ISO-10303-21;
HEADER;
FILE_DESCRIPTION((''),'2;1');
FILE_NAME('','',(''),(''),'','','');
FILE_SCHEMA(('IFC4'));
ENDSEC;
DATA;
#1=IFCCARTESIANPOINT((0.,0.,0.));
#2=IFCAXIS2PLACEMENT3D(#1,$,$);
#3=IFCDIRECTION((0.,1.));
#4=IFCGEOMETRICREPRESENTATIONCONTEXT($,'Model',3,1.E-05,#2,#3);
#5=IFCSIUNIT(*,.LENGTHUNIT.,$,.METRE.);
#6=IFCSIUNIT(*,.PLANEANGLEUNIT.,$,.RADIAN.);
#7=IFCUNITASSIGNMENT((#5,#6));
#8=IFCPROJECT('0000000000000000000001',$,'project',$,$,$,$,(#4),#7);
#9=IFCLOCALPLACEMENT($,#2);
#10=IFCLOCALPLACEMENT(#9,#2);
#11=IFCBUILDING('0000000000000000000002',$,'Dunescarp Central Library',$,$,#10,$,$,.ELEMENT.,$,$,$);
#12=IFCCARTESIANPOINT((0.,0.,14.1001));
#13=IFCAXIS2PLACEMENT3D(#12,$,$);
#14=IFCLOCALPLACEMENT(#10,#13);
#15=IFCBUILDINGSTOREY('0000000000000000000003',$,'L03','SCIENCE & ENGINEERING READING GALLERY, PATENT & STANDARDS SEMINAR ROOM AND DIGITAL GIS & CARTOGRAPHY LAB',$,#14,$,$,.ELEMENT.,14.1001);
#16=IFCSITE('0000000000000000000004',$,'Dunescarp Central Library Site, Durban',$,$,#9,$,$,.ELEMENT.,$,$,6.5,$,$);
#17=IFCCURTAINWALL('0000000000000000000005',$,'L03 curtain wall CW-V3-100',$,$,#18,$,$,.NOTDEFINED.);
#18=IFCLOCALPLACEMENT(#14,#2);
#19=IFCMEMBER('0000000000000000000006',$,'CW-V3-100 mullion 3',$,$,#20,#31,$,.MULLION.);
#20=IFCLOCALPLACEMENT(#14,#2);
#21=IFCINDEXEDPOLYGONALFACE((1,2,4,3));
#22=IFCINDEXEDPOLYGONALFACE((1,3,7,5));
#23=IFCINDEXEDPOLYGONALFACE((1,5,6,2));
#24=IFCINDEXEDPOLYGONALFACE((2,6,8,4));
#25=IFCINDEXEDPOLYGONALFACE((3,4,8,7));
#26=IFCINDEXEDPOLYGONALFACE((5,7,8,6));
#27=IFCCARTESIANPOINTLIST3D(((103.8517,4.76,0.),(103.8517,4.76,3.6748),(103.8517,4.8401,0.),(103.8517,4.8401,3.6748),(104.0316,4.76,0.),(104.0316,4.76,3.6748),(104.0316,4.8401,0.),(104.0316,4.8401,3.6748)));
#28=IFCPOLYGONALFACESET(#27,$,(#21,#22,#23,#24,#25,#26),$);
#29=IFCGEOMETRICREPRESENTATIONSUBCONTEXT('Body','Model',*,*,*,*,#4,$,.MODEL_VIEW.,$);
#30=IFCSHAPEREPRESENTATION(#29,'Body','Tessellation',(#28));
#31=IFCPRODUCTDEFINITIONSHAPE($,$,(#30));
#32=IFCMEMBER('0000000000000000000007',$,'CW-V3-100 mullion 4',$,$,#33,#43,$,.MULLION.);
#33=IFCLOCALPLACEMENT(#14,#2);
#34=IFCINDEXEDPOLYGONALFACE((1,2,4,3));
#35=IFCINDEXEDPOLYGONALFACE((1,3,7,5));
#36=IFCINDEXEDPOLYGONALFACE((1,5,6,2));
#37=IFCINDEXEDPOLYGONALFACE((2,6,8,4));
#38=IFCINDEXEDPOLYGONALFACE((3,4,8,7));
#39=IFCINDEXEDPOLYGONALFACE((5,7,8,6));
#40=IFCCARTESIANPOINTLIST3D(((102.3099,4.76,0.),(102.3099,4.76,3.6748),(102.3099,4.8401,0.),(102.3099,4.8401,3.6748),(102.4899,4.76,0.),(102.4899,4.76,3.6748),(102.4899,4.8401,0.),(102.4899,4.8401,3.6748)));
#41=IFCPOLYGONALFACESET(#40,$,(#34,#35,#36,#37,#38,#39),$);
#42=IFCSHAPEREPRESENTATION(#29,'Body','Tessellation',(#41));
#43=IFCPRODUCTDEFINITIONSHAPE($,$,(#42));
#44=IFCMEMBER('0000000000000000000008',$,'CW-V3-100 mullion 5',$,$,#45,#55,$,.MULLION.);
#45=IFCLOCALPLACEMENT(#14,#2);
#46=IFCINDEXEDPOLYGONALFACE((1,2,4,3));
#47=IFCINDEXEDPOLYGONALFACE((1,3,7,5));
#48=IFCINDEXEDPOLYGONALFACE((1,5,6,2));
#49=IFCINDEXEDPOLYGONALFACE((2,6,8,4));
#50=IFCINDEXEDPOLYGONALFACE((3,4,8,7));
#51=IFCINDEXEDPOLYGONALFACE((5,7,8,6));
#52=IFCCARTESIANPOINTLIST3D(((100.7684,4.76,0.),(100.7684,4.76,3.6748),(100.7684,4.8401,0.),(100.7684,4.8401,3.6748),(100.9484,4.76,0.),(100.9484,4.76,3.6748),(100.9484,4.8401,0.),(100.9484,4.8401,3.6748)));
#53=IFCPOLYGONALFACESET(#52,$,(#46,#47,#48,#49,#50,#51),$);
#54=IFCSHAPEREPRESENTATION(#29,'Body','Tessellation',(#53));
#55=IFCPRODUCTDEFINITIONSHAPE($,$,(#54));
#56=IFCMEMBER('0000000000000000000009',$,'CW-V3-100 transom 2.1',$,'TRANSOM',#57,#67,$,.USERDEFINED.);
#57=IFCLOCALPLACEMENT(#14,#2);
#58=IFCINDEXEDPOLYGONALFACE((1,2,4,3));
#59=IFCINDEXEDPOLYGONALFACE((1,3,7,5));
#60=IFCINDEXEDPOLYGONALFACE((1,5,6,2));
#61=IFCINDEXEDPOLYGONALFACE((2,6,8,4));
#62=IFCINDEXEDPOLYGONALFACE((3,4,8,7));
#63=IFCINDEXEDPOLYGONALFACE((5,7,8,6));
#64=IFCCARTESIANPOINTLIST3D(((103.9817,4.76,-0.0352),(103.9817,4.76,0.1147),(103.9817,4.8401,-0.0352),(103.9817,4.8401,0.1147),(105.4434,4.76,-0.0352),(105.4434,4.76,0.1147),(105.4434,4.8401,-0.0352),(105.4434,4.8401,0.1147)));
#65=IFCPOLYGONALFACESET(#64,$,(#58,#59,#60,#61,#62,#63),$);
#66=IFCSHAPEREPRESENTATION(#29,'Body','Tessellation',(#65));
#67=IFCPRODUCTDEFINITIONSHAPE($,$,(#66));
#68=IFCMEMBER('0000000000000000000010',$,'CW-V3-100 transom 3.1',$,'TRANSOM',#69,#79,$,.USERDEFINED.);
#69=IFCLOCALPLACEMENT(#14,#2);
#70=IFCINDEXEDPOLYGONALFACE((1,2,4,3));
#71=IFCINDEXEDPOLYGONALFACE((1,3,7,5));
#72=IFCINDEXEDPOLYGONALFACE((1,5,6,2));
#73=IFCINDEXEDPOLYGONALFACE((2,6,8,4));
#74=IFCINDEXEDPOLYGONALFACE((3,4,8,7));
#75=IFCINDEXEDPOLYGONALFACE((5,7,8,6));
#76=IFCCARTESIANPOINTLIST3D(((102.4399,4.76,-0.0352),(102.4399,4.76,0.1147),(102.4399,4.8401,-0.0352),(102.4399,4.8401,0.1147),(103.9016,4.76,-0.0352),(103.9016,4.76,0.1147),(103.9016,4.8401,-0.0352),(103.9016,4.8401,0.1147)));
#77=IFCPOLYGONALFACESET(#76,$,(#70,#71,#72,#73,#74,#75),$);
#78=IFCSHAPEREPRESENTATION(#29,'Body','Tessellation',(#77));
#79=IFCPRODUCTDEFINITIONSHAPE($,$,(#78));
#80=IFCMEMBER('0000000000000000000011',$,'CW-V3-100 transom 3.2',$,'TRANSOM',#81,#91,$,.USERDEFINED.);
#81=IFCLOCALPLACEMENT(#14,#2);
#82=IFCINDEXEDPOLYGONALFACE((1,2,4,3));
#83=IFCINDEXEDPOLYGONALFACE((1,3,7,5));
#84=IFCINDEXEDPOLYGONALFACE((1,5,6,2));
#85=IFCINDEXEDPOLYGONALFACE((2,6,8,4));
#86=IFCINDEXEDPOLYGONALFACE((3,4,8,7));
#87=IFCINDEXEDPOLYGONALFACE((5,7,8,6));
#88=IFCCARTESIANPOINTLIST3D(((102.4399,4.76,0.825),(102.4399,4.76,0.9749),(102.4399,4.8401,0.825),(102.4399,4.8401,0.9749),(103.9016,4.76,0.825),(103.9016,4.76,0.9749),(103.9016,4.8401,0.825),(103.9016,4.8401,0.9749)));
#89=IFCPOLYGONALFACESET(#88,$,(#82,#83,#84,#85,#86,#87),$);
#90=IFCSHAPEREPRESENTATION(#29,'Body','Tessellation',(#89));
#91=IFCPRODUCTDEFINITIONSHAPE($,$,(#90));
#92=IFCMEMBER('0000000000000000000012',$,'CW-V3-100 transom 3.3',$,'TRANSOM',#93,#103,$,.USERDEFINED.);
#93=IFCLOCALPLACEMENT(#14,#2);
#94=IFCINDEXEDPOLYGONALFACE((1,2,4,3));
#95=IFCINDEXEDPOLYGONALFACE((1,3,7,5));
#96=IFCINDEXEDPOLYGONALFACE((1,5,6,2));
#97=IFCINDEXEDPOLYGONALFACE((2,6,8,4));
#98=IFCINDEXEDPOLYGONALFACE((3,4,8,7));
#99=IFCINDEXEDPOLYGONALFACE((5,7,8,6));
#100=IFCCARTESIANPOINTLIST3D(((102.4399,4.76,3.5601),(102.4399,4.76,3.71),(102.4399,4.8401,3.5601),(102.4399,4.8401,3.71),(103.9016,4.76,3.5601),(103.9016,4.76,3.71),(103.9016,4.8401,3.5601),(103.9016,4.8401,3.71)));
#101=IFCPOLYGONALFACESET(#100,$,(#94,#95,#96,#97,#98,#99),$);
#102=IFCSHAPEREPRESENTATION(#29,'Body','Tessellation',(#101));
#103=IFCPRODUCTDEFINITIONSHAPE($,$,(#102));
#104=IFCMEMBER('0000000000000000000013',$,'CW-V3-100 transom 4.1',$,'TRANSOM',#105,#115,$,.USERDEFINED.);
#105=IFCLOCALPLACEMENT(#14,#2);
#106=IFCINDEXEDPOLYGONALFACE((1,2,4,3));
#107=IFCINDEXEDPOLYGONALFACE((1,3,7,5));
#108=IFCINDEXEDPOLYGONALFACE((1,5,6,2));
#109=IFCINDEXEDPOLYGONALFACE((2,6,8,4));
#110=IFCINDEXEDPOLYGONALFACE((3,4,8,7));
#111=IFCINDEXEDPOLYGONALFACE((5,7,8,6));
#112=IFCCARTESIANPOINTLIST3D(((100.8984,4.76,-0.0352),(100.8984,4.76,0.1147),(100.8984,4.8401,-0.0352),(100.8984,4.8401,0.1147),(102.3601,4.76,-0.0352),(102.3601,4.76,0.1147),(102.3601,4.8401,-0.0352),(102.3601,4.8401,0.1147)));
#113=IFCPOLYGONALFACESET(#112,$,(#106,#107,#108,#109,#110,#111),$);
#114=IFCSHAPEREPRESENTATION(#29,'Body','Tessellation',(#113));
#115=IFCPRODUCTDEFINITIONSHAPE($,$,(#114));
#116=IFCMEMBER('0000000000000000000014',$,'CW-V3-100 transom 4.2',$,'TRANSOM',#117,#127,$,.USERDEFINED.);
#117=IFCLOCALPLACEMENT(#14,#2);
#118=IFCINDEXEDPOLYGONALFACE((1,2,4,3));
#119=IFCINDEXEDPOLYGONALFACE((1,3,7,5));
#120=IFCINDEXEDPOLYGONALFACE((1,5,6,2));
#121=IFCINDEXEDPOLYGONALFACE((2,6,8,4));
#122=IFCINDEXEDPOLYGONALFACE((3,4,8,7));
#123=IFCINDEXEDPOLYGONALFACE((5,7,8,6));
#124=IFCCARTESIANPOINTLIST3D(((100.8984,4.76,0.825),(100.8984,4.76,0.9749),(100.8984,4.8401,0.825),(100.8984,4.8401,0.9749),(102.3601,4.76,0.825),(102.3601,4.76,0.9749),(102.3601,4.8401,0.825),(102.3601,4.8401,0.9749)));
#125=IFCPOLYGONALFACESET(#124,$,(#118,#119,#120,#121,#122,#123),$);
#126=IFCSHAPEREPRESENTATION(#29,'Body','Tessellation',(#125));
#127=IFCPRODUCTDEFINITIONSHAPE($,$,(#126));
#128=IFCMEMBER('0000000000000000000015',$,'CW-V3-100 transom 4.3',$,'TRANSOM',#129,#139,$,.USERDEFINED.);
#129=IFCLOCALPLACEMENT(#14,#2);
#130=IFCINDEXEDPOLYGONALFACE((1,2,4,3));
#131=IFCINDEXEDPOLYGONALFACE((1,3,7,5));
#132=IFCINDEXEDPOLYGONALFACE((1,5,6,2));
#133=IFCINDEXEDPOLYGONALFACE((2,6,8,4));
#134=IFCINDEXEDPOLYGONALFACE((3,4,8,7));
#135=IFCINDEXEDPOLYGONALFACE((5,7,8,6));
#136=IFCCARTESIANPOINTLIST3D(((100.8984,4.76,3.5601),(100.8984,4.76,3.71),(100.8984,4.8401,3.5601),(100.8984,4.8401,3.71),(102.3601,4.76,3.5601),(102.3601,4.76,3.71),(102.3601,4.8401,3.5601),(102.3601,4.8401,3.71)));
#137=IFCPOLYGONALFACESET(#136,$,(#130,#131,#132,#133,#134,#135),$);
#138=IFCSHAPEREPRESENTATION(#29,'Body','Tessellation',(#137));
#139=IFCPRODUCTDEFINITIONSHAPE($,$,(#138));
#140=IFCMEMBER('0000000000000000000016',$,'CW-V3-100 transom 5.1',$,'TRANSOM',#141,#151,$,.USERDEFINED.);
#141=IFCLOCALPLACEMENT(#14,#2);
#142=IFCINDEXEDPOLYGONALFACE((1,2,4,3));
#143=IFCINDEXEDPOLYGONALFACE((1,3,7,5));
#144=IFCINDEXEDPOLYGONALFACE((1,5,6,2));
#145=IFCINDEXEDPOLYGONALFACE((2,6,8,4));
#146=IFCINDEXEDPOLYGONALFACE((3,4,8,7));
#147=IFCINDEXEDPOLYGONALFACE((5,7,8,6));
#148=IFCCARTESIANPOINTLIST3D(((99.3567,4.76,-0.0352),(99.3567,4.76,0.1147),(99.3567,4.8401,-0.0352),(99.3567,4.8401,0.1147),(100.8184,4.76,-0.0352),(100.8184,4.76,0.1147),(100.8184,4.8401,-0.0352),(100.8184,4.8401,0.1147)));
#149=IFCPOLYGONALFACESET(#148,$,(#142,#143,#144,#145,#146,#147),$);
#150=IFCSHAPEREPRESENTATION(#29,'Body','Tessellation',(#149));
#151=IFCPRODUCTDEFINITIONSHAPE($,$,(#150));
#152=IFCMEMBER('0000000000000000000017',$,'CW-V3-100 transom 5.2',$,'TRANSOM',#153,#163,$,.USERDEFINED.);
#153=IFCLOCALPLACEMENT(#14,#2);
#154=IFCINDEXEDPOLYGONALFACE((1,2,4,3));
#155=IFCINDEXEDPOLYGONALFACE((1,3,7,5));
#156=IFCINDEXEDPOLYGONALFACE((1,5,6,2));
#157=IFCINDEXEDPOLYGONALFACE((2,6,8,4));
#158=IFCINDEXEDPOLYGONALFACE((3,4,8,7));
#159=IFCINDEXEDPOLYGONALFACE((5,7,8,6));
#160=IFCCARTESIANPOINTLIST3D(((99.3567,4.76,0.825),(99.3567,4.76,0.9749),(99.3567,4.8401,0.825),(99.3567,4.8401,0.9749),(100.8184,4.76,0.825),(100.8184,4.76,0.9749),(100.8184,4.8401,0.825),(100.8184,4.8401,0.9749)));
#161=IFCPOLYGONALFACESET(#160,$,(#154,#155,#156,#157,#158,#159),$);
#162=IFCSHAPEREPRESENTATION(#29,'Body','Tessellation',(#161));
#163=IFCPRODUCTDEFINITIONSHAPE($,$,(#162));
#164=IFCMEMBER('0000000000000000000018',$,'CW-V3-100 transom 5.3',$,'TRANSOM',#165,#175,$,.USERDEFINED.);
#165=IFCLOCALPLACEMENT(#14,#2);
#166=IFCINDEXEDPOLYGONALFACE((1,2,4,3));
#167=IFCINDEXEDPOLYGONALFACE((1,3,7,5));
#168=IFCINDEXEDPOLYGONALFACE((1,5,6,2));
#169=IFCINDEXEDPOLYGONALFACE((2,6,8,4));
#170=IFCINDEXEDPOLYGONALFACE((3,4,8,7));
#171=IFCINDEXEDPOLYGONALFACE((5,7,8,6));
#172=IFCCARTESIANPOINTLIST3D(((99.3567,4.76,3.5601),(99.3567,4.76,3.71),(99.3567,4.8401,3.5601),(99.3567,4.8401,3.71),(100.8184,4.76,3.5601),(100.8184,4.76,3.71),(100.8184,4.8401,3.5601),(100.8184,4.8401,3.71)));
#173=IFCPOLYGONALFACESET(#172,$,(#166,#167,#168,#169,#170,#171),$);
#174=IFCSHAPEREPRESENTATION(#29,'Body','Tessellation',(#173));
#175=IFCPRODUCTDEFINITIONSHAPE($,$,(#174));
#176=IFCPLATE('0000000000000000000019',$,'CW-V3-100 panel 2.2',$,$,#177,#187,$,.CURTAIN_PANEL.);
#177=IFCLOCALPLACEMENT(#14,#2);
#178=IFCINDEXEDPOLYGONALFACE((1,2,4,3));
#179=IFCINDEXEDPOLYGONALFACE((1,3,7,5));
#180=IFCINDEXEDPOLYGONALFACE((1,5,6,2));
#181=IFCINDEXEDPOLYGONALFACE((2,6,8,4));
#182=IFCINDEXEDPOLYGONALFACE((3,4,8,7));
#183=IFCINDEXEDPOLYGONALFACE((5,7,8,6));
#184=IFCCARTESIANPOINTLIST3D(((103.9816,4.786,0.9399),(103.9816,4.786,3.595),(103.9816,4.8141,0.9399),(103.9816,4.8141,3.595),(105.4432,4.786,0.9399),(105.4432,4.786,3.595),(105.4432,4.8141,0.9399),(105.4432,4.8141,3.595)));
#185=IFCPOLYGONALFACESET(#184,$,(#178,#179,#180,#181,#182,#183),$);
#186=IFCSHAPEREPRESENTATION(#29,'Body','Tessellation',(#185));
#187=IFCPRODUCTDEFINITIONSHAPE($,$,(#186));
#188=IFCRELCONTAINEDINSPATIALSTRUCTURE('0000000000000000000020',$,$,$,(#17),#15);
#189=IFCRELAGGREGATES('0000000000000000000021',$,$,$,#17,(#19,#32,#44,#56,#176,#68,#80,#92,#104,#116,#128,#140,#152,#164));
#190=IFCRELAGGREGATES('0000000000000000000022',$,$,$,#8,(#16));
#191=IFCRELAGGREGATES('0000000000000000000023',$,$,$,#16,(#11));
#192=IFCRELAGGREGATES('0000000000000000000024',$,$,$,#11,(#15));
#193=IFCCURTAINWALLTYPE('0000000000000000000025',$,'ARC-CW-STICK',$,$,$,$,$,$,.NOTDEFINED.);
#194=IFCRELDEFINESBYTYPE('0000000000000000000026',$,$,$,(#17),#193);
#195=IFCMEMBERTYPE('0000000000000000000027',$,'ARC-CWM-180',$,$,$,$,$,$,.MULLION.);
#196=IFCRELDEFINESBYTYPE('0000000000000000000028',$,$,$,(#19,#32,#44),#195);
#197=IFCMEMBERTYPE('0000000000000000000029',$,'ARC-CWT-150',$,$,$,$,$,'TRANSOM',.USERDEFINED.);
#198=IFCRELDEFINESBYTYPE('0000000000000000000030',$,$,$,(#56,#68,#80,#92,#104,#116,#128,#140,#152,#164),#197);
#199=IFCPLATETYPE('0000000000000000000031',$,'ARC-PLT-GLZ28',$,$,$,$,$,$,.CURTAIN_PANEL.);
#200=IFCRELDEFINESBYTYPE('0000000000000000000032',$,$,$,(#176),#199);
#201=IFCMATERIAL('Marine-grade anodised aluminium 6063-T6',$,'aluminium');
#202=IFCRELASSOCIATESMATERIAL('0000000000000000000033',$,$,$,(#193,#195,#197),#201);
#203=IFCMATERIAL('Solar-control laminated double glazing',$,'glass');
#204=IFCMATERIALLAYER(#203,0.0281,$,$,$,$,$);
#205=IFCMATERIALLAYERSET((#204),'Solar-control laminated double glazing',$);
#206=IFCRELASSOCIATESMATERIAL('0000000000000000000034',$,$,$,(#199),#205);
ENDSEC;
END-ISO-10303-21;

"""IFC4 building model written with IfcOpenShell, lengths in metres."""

from ifc_helpers import new_model, si_unit, direction, frame, origin, origin_2d, place, context, subcontext, project, spatial, rectangle, extrude, material, layer, layer_set, material_profile, profile_set, type_object, element, aggregate, save


model = new_model("IFC4")

# Units and contexts
model_context = context("Model", 3, precision=1e-05, world=origin(), true_north=direction((0.0, 1.0)))
body_context = subcontext(model_context, "Body", "Model", "MODEL_VIEW")
ifc_project = project(units=[si_unit("LENGTHUNIT", "METRE"), si_unit("PLANEANGLEUNIT", "RADIAN")], contexts=[model_context])

# Site, building, storey
site_placement = place(None, origin())
site = spatial("IfcSite", under=ifc_project, at=site_placement, Name="Dunescarp Central Library Site, Durban", CompositionType="ELEMENT", RefElevation=6.5)
building_placement = place(site_placement, origin())
building = spatial("IfcBuilding", under=site, at=building_placement, Name="Dunescarp Central Library", CompositionType="ELEMENT")
storey_placement = place(building_placement, frame((0.0, 0.0, 14.1001)))
storey = spatial("IfcBuildingStorey", under=building, at=storey_placement, Name="L03", Description="SCIENCE & ENGINEERING READING GALLERY, PATENT & STANDARDS SEMINAR ROOM AND DIGITAL GIS & CARTOGRAPHY LAB", CompositionType="ELEMENT", Elevation=14.1001)

# Curtain wall, members, plate
ifc_material_1 = material(Name="Marine-grade anodised aluminium 6063-T6", Category="aluminium")
curtain_wall_type = type_object("IfcCurtainWallType", Name="ARC-CW-STICK", PredefinedType="NOTDEFINED", material=ifc_material_1)
curtain_wall_placement = place(storey_placement, origin())
curtain_wall = element("IfcCurtainWall", 1, at=curtain_wall_placement, inside=storey, type_object=curtain_wall_type, Name="L03 curtain wall CW-V3-100", PredefinedType="NOTDEFINED")
ifc_material_profile_1 = material_profile(ifc_material_1, rectangle(XDim=0.0801, YDim=0.1799, at=origin_2d()), Name="AL 80x180")
ifc_profile_set_1 = profile_set([ifc_material_profile_1], Name="Marine-grade anodised aluminium 6063-T6")
member_type_1 = type_object("IfcMemberType", Name="ARC-CWM-180", PredefinedType="MULLION", material=ifc_profile_set_1)
member_1_placement = place(storey_placement, frame((103.9417, 4.8, 0.0), z_axis=(0.0, 0.0, 1.0), x_axis=(0.0, -1.0, 0.0)))
member_1 = element("IfcMember", 2, at=member_1_placement, type_object=member_type_1, Name="CW-V3-100 mullion 3", PredefinedType="MULLION", context=body_context, shape_type="SweptSolid", body=[
    extrude(rectangle(XDim=0.0801, YDim=0.1799, at=origin_2d()), origin(), (0.0, 0.0, 1.0), 3.6748),
])
member_2_placement = place(storey_placement, frame((102.3999, 4.8, 0.0), z_axis=(0.0, 0.0, 1.0), x_axis=(0.0, -1.0, 0.0)))
member_2 = element("IfcMember", 3, at=member_2_placement, type_object=member_type_1, Name="CW-V3-100 mullion 4", PredefinedType="MULLION", context=body_context, shape_type="SweptSolid", body=[
    extrude(rectangle(XDim=0.0801, YDim=0.1799, at=origin_2d()), origin(), (0.0, 0.0, 1.0), 3.6748),
])
member_3_placement = place(storey_placement, frame((100.8584, 4.8, 0.0), z_axis=(0.0, 0.0, 1.0), x_axis=(0.0, -1.0, 0.0)))
member_3 = element("IfcMember", 4, at=member_3_placement, type_object=member_type_1, Name="CW-V3-100 mullion 5", PredefinedType="MULLION", context=body_context, shape_type="SweptSolid", body=[
    extrude(rectangle(XDim=0.0801, YDim=0.1799, at=origin_2d()), origin(), (0.0, 0.0, 1.0), 3.6748),
])
ifc_material_profile_2 = material_profile(ifc_material_1, rectangle(XDim=0.0801, YDim=0.1499, at=origin_2d()), Name="AL 80x150")
ifc_profile_set_2 = profile_set([ifc_material_profile_2], Name="Marine-grade anodised aluminium 6063-T6")
member_type_2 = type_object("IfcMemberType", Name="ARC-CWT-150", ElementType="TRANSOM", PredefinedType="USERDEFINED", material=ifc_profile_set_2)
member_4_placement = place(storey_placement, frame((105.4434, 4.8, 0.0398), z_axis=(-1.0, 0.0, 0.0), x_axis=(0.0, -1.0, 0.0)))
member_4 = element("IfcMember", 5, at=member_4_placement, type_object=member_type_2, Name="CW-V3-100 transom 2.1", ObjectType="TRANSOM", PredefinedType="USERDEFINED", context=body_context, shape_type="SweptSolid", body=[
    extrude(rectangle(XDim=0.0801, YDim=0.1499, at=origin_2d()), origin(), (0.0, 0.0, 1.0), 1.4617),
])
member_5_placement = place(storey_placement, frame((103.9016, 4.8, 0.0398), z_axis=(-1.0, 0.0, 0.0), x_axis=(0.0, -1.0, 0.0)))
member_5 = element("IfcMember", 6, at=member_5_placement, type_object=member_type_2, Name="CW-V3-100 transom 3.1", ObjectType="TRANSOM", PredefinedType="USERDEFINED", context=body_context, shape_type="SweptSolid", body=[
    extrude(rectangle(XDim=0.0801, YDim=0.1499, at=origin_2d()), origin(), (0.0, 0.0, 1.0), 1.4617),
])
member_6_placement = place(storey_placement, frame((103.9016, 4.8, 0.8999), z_axis=(-1.0, 0.0, 0.0), x_axis=(0.0, -1.0, 0.0)))
member_6 = element("IfcMember", 7, at=member_6_placement, type_object=member_type_2, Name="CW-V3-100 transom 3.2", ObjectType="TRANSOM", PredefinedType="USERDEFINED", context=body_context, shape_type="SweptSolid", body=[
    extrude(rectangle(XDim=0.0801, YDim=0.1499, at=origin_2d()), origin(), (0.0, 0.0, 1.0), 1.4617),
])
member_7_placement = place(storey_placement, frame((103.9016, 4.8, 3.635), z_axis=(-1.0, 0.0, 0.0), x_axis=(0.0, -1.0, 0.0)))
member_7 = element("IfcMember", 8, at=member_7_placement, type_object=member_type_2, Name="CW-V3-100 transom 3.3", ObjectType="TRANSOM", PredefinedType="USERDEFINED", context=body_context, shape_type="SweptSolid", body=[
    extrude(rectangle(XDim=0.0801, YDim=0.1499, at=origin_2d()), origin(), (0.0, 0.0, 1.0), 1.4617),
])
member_8_placement = place(storey_placement, frame((102.3601, 4.8, 0.0398), z_axis=(-1.0, 0.0, 0.0), x_axis=(0.0, -1.0, 0.0)))
member_8 = element("IfcMember", 9, at=member_8_placement, type_object=member_type_2, Name="CW-V3-100 transom 4.1", ObjectType="TRANSOM", PredefinedType="USERDEFINED", context=body_context, shape_type="SweptSolid", body=[
    extrude(rectangle(XDim=0.0801, YDim=0.1499, at=origin_2d()), origin(), (0.0, 0.0, 1.0), 1.4617),
])
member_9_placement = place(storey_placement, frame((102.3601, 4.8, 0.8999), z_axis=(-1.0, 0.0, 0.0), x_axis=(0.0, -1.0, 0.0)))
member_9 = element("IfcMember", 10, at=member_9_placement, type_object=member_type_2, Name="CW-V3-100 transom 4.2", ObjectType="TRANSOM", PredefinedType="USERDEFINED", context=body_context, shape_type="SweptSolid", body=[
    extrude(rectangle(XDim=0.0801, YDim=0.1499, at=origin_2d()), origin(), (0.0, 0.0, 1.0), 1.4617),
])
member_10_placement = place(storey_placement, frame((102.3601, 4.8, 3.635), z_axis=(-1.0, 0.0, 0.0), x_axis=(0.0, -1.0, 0.0)))
member_10 = element("IfcMember", 11, at=member_10_placement, type_object=member_type_2, Name="CW-V3-100 transom 4.3", ObjectType="TRANSOM", PredefinedType="USERDEFINED", context=body_context, shape_type="SweptSolid", body=[
    extrude(rectangle(XDim=0.0801, YDim=0.1499, at=origin_2d()), origin(), (0.0, 0.0, 1.0), 1.4617),
])
member_11_placement = place(storey_placement, frame((100.8184, 4.8, 0.0398), z_axis=(-1.0, 0.0, 0.0), x_axis=(0.0, -1.0, 0.0)))
member_11 = element("IfcMember", 12, at=member_11_placement, type_object=member_type_2, Name="CW-V3-100 transom 5.1", ObjectType="TRANSOM", PredefinedType="USERDEFINED", context=body_context, shape_type="SweptSolid", body=[
    extrude(rectangle(XDim=0.0801, YDim=0.1499, at=origin_2d()), origin(), (0.0, 0.0, 1.0), 1.4617),
])
member_12_placement = place(storey_placement, frame((100.8184, 4.8, 0.8999), z_axis=(-1.0, 0.0, 0.0), x_axis=(0.0, -1.0, 0.0)))
member_12 = element("IfcMember", 13, at=member_12_placement, type_object=member_type_2, Name="CW-V3-100 transom 5.2", ObjectType="TRANSOM", PredefinedType="USERDEFINED", context=body_context, shape_type="SweptSolid", body=[
    extrude(rectangle(XDim=0.0801, YDim=0.1499, at=origin_2d()), origin(), (0.0, 0.0, 1.0), 1.4617),
])
member_13_placement = place(storey_placement, frame((100.8184, 4.8, 3.635), z_axis=(-1.0, 0.0, 0.0), x_axis=(0.0, -1.0, 0.0)))
member_13 = element("IfcMember", 14, at=member_13_placement, type_object=member_type_2, Name="CW-V3-100 transom 5.3", ObjectType="TRANSOM", PredefinedType="USERDEFINED", context=body_context, shape_type="SweptSolid", body=[
    extrude(rectangle(XDim=0.0801, YDim=0.1499, at=origin_2d()), origin(), (0.0, 0.0, 1.0), 1.4617),
])
ifc_material_2 = material(Name="Solar-control laminated double glazing", Category="glass")
ifc_layer_1 = layer(ifc_material_2, 0.0281)
ifc_layer_set_1 = layer_set([ifc_layer_1], Name="Solar-control laminated double glazing")
plate_type_1 = type_object("IfcPlateType", Name="ARC-PLT-GLZ28", PredefinedType="CURTAIN_PANEL", material=ifc_layer_set_1)
plate_1_placement = place(storey_placement, frame((104.7124, 4.8, 0.9399), z_axis=(0.0, 0.0, 1.0), x_axis=(-1.0, 0.0, 0.0)))
plate_1 = element("IfcPlate", 15, at=plate_1_placement, type_object=plate_type_1, Name="CW-V3-100 panel 2.2", PredefinedType="CURTAIN_PANEL", context=body_context, shape_type="SweptSolid", body=[
    extrude(rectangle(XDim=1.4617, YDim=0.0281, at=origin_2d()), origin(), (0.0, 0.0, 1.0), 2.655),
])
aggregate(curtain_wall, [member_1, member_2, member_3, member_4, plate_1, member_5, member_6, member_7, member_8, member_9, member_10, member_11, member_12, member_13])

save(model, "model.ifc")
